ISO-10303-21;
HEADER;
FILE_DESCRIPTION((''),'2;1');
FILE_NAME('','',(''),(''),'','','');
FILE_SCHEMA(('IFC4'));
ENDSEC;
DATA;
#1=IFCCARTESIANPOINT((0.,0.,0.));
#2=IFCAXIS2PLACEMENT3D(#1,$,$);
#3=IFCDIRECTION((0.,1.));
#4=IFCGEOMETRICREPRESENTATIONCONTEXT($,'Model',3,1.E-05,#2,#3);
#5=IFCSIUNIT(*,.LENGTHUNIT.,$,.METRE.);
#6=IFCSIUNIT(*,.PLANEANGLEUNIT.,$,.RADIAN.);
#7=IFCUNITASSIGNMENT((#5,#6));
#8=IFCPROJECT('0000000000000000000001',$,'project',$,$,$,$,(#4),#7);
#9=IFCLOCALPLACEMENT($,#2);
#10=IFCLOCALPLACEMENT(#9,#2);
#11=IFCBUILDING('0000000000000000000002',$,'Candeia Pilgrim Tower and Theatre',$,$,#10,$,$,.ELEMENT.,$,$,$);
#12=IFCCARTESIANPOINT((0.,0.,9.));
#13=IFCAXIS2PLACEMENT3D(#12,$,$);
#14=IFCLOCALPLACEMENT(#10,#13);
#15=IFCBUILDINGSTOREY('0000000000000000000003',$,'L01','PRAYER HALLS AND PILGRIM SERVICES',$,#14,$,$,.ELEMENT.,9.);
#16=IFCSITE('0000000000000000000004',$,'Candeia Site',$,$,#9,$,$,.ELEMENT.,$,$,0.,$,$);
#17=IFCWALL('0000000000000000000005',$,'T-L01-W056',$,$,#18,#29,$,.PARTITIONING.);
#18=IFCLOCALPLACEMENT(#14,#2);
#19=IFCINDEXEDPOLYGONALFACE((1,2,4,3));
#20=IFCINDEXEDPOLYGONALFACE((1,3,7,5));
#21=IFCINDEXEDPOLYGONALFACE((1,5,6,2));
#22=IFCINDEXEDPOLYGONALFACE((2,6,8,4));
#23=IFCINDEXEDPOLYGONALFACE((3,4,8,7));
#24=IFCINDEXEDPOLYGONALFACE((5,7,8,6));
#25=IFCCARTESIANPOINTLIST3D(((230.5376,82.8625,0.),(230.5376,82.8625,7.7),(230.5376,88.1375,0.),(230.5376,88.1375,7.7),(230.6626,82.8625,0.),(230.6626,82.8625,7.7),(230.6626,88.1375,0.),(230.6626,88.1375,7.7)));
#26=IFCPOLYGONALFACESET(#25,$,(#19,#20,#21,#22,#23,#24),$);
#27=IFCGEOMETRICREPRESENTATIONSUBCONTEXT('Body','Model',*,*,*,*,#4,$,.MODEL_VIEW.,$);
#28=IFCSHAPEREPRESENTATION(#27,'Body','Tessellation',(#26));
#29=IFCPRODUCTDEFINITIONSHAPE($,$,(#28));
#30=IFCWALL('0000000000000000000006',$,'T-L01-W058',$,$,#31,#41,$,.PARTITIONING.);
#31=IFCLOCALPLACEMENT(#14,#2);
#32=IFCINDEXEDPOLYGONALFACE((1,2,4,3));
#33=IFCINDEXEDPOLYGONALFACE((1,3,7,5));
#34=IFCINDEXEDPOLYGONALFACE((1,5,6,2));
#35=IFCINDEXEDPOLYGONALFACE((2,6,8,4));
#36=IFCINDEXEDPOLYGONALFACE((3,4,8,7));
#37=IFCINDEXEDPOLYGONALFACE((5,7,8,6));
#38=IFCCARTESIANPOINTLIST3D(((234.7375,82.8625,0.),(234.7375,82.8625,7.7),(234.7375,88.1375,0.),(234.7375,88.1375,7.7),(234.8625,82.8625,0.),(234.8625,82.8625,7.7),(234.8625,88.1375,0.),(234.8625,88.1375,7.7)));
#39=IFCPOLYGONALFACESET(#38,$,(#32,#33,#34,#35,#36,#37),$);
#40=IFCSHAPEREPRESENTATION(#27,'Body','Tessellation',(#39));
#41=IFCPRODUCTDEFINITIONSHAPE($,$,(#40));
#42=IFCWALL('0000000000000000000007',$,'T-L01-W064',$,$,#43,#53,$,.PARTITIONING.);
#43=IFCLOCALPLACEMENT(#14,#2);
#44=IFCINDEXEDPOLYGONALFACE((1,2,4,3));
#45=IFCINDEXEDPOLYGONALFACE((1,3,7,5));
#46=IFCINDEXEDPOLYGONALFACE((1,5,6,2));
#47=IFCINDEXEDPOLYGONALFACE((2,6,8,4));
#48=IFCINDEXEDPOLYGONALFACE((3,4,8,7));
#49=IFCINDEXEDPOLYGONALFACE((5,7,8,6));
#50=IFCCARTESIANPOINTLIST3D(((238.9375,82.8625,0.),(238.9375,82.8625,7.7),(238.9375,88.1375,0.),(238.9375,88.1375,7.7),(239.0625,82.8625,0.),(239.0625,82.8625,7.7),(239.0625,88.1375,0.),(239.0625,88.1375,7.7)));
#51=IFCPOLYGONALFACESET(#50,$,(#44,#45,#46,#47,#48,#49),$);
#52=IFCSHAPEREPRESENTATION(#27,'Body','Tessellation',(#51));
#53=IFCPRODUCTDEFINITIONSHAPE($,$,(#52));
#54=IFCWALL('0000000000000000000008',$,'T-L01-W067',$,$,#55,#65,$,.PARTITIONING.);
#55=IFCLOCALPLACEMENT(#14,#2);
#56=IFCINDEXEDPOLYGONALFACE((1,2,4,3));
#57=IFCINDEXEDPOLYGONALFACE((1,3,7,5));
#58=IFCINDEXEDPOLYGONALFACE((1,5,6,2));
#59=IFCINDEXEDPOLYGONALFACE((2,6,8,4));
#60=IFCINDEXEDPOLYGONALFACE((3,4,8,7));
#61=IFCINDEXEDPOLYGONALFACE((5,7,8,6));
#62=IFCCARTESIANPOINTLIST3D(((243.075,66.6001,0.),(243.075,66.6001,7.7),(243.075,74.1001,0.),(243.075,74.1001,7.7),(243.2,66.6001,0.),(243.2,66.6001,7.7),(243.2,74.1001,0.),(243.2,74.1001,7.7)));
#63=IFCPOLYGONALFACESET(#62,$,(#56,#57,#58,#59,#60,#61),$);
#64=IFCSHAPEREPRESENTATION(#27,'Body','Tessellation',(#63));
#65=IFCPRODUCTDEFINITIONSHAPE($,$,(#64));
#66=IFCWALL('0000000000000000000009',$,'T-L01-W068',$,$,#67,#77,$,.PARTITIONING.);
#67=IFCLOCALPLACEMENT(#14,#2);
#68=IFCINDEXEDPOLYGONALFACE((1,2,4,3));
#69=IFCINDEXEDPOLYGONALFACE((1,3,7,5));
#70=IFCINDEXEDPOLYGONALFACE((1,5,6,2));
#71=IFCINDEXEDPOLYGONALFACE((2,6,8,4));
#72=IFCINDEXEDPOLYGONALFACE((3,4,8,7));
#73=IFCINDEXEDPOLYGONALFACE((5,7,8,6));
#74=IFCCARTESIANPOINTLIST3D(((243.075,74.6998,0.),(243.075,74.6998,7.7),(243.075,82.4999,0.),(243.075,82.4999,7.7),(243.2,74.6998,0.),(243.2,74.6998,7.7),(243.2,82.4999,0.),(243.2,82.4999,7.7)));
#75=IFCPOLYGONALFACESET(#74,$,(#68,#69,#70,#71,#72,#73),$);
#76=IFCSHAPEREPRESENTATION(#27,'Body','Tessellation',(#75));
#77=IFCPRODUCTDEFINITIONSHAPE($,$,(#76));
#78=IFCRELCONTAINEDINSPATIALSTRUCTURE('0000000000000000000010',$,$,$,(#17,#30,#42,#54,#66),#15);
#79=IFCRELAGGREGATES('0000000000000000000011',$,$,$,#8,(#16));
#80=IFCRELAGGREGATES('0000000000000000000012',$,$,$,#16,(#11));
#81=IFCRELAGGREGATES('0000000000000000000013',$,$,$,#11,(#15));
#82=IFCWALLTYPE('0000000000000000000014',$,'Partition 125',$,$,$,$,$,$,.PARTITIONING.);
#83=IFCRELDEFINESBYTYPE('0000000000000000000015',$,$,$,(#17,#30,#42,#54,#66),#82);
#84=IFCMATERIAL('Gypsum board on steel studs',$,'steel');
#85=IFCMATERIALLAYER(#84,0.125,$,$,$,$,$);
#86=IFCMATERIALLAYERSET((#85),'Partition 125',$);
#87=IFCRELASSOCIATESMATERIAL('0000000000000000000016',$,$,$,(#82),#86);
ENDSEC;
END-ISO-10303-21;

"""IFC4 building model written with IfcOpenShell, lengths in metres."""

from ifc_helpers import new_model, si_unit, direction, frame, frame_2d, origin, place, context, subcontext, project, spatial, rectangle, extrude, material, layer, layer_set, type_object, element, save


model = new_model("IFC4")

# Units and contexts
model_context = context("Model", 3, precision=1e-05, world=origin(), true_north=direction((0.0, 1.0)))
body_context = subcontext(model_context, "Body", "Model", "MODEL_VIEW")
ifc_project = project(units=[si_unit("LENGTHUNIT", "METRE"), si_unit("PLANEANGLEUNIT", "RADIAN")], contexts=[model_context])

# Site, building, storey
site_placement = place(None, origin())
site = spatial("IfcSite", under=ifc_project, at=site_placement, Name="Candeia Site", CompositionType="ELEMENT", RefElevation=0.0)
building_placement = place(site_placement, origin())
building = spatial("IfcBuilding", under=site, at=building_placement, Name="Candeia Pilgrim Tower and Theatre", CompositionType="ELEMENT")
storey_placement = place(building_placement, frame((0.0, 0.0, 9.0)))
storey = spatial("IfcBuildingStorey", under=building, at=storey_placement, Name="L01", Description="PRAYER HALLS AND PILGRIM SERVICES", CompositionType="ELEMENT", Elevation=9.0)

# Shared definitions
ifc_material_1 = material(Name="Gypsum board on steel studs", Category="steel")
ifc_layer = layer(ifc_material_1, 0.125)
ifc_layer_set = layer_set([ifc_layer], Name="Partition 125")
wall_type = type_object("IfcWallType", Name="Partition 125", PredefinedType="PARTITIONING", material=ifc_layer_set)

# Walls
for number, where, z_axis, x_axis, name in (
    (1, (230.6001, 82.8625, 0.0), (0.0, 0.0, 1.0), (0.0, 1.0, 0.0), "T-L01-W056"),
    (2, (234.8, 82.8625, 0.0), (0.0, 0.0, 1.0), (0.0, 1.0, 0.0), "T-L01-W058"),
    (3, (239.0, 82.8625, 0.0), (0.0, 0.0, 1.0), (0.0, 1.0, 0.0), "T-L01-W064"),
):
    element("IfcWall", number, at=place(storey_placement, frame(where, z_axis=z_axis, x_axis=x_axis)), inside=storey, type_object=wall_type, Name=name, PredefinedType="PARTITIONING", context=body_context, shape_type="SweptSolid", body=[
        extrude(rectangle(XDim=5.2749, YDim=0.125, at=frame_2d((2.6375, 0.0))), origin(), (0.0, 0.0, 1.0), 7.7),
    ])
wall_1_placement = place(storey_placement, frame((243.1375, 66.6001, 0.0), z_axis=(0.0, 0.0, 1.0), x_axis=(0.0, 1.0, 0.0)))
element("IfcWall", 4, at=wall_1_placement, inside=storey, type_object=wall_type, Name="T-L01-W067", PredefinedType="PARTITIONING", context=body_context, shape_type="SweptSolid", body=[
    extrude(rectangle(XDim=7.5, YDim=0.125, at=frame_2d((3.75, 0.0))), origin(), (0.0, 0.0, 1.0), 7.7),
])
wall_2_placement = place(storey_placement, frame((243.1375, 74.7, 0.0), z_axis=(0.0, 0.0, 1.0), x_axis=(0.0, 1.0, 0.0)))
element("IfcWall", 5, at=wall_2_placement, inside=storey, type_object=wall_type, Name="T-L01-W068", PredefinedType="PARTITIONING", context=body_context, shape_type="SweptSolid", body=[
    extrude(rectangle(XDim=7.8, YDim=0.125, at=frame_2d((3.8999, 0.0))), origin(), (0.0, 0.0, 1.0), 7.7),
])

save(model, "model.ifc")
